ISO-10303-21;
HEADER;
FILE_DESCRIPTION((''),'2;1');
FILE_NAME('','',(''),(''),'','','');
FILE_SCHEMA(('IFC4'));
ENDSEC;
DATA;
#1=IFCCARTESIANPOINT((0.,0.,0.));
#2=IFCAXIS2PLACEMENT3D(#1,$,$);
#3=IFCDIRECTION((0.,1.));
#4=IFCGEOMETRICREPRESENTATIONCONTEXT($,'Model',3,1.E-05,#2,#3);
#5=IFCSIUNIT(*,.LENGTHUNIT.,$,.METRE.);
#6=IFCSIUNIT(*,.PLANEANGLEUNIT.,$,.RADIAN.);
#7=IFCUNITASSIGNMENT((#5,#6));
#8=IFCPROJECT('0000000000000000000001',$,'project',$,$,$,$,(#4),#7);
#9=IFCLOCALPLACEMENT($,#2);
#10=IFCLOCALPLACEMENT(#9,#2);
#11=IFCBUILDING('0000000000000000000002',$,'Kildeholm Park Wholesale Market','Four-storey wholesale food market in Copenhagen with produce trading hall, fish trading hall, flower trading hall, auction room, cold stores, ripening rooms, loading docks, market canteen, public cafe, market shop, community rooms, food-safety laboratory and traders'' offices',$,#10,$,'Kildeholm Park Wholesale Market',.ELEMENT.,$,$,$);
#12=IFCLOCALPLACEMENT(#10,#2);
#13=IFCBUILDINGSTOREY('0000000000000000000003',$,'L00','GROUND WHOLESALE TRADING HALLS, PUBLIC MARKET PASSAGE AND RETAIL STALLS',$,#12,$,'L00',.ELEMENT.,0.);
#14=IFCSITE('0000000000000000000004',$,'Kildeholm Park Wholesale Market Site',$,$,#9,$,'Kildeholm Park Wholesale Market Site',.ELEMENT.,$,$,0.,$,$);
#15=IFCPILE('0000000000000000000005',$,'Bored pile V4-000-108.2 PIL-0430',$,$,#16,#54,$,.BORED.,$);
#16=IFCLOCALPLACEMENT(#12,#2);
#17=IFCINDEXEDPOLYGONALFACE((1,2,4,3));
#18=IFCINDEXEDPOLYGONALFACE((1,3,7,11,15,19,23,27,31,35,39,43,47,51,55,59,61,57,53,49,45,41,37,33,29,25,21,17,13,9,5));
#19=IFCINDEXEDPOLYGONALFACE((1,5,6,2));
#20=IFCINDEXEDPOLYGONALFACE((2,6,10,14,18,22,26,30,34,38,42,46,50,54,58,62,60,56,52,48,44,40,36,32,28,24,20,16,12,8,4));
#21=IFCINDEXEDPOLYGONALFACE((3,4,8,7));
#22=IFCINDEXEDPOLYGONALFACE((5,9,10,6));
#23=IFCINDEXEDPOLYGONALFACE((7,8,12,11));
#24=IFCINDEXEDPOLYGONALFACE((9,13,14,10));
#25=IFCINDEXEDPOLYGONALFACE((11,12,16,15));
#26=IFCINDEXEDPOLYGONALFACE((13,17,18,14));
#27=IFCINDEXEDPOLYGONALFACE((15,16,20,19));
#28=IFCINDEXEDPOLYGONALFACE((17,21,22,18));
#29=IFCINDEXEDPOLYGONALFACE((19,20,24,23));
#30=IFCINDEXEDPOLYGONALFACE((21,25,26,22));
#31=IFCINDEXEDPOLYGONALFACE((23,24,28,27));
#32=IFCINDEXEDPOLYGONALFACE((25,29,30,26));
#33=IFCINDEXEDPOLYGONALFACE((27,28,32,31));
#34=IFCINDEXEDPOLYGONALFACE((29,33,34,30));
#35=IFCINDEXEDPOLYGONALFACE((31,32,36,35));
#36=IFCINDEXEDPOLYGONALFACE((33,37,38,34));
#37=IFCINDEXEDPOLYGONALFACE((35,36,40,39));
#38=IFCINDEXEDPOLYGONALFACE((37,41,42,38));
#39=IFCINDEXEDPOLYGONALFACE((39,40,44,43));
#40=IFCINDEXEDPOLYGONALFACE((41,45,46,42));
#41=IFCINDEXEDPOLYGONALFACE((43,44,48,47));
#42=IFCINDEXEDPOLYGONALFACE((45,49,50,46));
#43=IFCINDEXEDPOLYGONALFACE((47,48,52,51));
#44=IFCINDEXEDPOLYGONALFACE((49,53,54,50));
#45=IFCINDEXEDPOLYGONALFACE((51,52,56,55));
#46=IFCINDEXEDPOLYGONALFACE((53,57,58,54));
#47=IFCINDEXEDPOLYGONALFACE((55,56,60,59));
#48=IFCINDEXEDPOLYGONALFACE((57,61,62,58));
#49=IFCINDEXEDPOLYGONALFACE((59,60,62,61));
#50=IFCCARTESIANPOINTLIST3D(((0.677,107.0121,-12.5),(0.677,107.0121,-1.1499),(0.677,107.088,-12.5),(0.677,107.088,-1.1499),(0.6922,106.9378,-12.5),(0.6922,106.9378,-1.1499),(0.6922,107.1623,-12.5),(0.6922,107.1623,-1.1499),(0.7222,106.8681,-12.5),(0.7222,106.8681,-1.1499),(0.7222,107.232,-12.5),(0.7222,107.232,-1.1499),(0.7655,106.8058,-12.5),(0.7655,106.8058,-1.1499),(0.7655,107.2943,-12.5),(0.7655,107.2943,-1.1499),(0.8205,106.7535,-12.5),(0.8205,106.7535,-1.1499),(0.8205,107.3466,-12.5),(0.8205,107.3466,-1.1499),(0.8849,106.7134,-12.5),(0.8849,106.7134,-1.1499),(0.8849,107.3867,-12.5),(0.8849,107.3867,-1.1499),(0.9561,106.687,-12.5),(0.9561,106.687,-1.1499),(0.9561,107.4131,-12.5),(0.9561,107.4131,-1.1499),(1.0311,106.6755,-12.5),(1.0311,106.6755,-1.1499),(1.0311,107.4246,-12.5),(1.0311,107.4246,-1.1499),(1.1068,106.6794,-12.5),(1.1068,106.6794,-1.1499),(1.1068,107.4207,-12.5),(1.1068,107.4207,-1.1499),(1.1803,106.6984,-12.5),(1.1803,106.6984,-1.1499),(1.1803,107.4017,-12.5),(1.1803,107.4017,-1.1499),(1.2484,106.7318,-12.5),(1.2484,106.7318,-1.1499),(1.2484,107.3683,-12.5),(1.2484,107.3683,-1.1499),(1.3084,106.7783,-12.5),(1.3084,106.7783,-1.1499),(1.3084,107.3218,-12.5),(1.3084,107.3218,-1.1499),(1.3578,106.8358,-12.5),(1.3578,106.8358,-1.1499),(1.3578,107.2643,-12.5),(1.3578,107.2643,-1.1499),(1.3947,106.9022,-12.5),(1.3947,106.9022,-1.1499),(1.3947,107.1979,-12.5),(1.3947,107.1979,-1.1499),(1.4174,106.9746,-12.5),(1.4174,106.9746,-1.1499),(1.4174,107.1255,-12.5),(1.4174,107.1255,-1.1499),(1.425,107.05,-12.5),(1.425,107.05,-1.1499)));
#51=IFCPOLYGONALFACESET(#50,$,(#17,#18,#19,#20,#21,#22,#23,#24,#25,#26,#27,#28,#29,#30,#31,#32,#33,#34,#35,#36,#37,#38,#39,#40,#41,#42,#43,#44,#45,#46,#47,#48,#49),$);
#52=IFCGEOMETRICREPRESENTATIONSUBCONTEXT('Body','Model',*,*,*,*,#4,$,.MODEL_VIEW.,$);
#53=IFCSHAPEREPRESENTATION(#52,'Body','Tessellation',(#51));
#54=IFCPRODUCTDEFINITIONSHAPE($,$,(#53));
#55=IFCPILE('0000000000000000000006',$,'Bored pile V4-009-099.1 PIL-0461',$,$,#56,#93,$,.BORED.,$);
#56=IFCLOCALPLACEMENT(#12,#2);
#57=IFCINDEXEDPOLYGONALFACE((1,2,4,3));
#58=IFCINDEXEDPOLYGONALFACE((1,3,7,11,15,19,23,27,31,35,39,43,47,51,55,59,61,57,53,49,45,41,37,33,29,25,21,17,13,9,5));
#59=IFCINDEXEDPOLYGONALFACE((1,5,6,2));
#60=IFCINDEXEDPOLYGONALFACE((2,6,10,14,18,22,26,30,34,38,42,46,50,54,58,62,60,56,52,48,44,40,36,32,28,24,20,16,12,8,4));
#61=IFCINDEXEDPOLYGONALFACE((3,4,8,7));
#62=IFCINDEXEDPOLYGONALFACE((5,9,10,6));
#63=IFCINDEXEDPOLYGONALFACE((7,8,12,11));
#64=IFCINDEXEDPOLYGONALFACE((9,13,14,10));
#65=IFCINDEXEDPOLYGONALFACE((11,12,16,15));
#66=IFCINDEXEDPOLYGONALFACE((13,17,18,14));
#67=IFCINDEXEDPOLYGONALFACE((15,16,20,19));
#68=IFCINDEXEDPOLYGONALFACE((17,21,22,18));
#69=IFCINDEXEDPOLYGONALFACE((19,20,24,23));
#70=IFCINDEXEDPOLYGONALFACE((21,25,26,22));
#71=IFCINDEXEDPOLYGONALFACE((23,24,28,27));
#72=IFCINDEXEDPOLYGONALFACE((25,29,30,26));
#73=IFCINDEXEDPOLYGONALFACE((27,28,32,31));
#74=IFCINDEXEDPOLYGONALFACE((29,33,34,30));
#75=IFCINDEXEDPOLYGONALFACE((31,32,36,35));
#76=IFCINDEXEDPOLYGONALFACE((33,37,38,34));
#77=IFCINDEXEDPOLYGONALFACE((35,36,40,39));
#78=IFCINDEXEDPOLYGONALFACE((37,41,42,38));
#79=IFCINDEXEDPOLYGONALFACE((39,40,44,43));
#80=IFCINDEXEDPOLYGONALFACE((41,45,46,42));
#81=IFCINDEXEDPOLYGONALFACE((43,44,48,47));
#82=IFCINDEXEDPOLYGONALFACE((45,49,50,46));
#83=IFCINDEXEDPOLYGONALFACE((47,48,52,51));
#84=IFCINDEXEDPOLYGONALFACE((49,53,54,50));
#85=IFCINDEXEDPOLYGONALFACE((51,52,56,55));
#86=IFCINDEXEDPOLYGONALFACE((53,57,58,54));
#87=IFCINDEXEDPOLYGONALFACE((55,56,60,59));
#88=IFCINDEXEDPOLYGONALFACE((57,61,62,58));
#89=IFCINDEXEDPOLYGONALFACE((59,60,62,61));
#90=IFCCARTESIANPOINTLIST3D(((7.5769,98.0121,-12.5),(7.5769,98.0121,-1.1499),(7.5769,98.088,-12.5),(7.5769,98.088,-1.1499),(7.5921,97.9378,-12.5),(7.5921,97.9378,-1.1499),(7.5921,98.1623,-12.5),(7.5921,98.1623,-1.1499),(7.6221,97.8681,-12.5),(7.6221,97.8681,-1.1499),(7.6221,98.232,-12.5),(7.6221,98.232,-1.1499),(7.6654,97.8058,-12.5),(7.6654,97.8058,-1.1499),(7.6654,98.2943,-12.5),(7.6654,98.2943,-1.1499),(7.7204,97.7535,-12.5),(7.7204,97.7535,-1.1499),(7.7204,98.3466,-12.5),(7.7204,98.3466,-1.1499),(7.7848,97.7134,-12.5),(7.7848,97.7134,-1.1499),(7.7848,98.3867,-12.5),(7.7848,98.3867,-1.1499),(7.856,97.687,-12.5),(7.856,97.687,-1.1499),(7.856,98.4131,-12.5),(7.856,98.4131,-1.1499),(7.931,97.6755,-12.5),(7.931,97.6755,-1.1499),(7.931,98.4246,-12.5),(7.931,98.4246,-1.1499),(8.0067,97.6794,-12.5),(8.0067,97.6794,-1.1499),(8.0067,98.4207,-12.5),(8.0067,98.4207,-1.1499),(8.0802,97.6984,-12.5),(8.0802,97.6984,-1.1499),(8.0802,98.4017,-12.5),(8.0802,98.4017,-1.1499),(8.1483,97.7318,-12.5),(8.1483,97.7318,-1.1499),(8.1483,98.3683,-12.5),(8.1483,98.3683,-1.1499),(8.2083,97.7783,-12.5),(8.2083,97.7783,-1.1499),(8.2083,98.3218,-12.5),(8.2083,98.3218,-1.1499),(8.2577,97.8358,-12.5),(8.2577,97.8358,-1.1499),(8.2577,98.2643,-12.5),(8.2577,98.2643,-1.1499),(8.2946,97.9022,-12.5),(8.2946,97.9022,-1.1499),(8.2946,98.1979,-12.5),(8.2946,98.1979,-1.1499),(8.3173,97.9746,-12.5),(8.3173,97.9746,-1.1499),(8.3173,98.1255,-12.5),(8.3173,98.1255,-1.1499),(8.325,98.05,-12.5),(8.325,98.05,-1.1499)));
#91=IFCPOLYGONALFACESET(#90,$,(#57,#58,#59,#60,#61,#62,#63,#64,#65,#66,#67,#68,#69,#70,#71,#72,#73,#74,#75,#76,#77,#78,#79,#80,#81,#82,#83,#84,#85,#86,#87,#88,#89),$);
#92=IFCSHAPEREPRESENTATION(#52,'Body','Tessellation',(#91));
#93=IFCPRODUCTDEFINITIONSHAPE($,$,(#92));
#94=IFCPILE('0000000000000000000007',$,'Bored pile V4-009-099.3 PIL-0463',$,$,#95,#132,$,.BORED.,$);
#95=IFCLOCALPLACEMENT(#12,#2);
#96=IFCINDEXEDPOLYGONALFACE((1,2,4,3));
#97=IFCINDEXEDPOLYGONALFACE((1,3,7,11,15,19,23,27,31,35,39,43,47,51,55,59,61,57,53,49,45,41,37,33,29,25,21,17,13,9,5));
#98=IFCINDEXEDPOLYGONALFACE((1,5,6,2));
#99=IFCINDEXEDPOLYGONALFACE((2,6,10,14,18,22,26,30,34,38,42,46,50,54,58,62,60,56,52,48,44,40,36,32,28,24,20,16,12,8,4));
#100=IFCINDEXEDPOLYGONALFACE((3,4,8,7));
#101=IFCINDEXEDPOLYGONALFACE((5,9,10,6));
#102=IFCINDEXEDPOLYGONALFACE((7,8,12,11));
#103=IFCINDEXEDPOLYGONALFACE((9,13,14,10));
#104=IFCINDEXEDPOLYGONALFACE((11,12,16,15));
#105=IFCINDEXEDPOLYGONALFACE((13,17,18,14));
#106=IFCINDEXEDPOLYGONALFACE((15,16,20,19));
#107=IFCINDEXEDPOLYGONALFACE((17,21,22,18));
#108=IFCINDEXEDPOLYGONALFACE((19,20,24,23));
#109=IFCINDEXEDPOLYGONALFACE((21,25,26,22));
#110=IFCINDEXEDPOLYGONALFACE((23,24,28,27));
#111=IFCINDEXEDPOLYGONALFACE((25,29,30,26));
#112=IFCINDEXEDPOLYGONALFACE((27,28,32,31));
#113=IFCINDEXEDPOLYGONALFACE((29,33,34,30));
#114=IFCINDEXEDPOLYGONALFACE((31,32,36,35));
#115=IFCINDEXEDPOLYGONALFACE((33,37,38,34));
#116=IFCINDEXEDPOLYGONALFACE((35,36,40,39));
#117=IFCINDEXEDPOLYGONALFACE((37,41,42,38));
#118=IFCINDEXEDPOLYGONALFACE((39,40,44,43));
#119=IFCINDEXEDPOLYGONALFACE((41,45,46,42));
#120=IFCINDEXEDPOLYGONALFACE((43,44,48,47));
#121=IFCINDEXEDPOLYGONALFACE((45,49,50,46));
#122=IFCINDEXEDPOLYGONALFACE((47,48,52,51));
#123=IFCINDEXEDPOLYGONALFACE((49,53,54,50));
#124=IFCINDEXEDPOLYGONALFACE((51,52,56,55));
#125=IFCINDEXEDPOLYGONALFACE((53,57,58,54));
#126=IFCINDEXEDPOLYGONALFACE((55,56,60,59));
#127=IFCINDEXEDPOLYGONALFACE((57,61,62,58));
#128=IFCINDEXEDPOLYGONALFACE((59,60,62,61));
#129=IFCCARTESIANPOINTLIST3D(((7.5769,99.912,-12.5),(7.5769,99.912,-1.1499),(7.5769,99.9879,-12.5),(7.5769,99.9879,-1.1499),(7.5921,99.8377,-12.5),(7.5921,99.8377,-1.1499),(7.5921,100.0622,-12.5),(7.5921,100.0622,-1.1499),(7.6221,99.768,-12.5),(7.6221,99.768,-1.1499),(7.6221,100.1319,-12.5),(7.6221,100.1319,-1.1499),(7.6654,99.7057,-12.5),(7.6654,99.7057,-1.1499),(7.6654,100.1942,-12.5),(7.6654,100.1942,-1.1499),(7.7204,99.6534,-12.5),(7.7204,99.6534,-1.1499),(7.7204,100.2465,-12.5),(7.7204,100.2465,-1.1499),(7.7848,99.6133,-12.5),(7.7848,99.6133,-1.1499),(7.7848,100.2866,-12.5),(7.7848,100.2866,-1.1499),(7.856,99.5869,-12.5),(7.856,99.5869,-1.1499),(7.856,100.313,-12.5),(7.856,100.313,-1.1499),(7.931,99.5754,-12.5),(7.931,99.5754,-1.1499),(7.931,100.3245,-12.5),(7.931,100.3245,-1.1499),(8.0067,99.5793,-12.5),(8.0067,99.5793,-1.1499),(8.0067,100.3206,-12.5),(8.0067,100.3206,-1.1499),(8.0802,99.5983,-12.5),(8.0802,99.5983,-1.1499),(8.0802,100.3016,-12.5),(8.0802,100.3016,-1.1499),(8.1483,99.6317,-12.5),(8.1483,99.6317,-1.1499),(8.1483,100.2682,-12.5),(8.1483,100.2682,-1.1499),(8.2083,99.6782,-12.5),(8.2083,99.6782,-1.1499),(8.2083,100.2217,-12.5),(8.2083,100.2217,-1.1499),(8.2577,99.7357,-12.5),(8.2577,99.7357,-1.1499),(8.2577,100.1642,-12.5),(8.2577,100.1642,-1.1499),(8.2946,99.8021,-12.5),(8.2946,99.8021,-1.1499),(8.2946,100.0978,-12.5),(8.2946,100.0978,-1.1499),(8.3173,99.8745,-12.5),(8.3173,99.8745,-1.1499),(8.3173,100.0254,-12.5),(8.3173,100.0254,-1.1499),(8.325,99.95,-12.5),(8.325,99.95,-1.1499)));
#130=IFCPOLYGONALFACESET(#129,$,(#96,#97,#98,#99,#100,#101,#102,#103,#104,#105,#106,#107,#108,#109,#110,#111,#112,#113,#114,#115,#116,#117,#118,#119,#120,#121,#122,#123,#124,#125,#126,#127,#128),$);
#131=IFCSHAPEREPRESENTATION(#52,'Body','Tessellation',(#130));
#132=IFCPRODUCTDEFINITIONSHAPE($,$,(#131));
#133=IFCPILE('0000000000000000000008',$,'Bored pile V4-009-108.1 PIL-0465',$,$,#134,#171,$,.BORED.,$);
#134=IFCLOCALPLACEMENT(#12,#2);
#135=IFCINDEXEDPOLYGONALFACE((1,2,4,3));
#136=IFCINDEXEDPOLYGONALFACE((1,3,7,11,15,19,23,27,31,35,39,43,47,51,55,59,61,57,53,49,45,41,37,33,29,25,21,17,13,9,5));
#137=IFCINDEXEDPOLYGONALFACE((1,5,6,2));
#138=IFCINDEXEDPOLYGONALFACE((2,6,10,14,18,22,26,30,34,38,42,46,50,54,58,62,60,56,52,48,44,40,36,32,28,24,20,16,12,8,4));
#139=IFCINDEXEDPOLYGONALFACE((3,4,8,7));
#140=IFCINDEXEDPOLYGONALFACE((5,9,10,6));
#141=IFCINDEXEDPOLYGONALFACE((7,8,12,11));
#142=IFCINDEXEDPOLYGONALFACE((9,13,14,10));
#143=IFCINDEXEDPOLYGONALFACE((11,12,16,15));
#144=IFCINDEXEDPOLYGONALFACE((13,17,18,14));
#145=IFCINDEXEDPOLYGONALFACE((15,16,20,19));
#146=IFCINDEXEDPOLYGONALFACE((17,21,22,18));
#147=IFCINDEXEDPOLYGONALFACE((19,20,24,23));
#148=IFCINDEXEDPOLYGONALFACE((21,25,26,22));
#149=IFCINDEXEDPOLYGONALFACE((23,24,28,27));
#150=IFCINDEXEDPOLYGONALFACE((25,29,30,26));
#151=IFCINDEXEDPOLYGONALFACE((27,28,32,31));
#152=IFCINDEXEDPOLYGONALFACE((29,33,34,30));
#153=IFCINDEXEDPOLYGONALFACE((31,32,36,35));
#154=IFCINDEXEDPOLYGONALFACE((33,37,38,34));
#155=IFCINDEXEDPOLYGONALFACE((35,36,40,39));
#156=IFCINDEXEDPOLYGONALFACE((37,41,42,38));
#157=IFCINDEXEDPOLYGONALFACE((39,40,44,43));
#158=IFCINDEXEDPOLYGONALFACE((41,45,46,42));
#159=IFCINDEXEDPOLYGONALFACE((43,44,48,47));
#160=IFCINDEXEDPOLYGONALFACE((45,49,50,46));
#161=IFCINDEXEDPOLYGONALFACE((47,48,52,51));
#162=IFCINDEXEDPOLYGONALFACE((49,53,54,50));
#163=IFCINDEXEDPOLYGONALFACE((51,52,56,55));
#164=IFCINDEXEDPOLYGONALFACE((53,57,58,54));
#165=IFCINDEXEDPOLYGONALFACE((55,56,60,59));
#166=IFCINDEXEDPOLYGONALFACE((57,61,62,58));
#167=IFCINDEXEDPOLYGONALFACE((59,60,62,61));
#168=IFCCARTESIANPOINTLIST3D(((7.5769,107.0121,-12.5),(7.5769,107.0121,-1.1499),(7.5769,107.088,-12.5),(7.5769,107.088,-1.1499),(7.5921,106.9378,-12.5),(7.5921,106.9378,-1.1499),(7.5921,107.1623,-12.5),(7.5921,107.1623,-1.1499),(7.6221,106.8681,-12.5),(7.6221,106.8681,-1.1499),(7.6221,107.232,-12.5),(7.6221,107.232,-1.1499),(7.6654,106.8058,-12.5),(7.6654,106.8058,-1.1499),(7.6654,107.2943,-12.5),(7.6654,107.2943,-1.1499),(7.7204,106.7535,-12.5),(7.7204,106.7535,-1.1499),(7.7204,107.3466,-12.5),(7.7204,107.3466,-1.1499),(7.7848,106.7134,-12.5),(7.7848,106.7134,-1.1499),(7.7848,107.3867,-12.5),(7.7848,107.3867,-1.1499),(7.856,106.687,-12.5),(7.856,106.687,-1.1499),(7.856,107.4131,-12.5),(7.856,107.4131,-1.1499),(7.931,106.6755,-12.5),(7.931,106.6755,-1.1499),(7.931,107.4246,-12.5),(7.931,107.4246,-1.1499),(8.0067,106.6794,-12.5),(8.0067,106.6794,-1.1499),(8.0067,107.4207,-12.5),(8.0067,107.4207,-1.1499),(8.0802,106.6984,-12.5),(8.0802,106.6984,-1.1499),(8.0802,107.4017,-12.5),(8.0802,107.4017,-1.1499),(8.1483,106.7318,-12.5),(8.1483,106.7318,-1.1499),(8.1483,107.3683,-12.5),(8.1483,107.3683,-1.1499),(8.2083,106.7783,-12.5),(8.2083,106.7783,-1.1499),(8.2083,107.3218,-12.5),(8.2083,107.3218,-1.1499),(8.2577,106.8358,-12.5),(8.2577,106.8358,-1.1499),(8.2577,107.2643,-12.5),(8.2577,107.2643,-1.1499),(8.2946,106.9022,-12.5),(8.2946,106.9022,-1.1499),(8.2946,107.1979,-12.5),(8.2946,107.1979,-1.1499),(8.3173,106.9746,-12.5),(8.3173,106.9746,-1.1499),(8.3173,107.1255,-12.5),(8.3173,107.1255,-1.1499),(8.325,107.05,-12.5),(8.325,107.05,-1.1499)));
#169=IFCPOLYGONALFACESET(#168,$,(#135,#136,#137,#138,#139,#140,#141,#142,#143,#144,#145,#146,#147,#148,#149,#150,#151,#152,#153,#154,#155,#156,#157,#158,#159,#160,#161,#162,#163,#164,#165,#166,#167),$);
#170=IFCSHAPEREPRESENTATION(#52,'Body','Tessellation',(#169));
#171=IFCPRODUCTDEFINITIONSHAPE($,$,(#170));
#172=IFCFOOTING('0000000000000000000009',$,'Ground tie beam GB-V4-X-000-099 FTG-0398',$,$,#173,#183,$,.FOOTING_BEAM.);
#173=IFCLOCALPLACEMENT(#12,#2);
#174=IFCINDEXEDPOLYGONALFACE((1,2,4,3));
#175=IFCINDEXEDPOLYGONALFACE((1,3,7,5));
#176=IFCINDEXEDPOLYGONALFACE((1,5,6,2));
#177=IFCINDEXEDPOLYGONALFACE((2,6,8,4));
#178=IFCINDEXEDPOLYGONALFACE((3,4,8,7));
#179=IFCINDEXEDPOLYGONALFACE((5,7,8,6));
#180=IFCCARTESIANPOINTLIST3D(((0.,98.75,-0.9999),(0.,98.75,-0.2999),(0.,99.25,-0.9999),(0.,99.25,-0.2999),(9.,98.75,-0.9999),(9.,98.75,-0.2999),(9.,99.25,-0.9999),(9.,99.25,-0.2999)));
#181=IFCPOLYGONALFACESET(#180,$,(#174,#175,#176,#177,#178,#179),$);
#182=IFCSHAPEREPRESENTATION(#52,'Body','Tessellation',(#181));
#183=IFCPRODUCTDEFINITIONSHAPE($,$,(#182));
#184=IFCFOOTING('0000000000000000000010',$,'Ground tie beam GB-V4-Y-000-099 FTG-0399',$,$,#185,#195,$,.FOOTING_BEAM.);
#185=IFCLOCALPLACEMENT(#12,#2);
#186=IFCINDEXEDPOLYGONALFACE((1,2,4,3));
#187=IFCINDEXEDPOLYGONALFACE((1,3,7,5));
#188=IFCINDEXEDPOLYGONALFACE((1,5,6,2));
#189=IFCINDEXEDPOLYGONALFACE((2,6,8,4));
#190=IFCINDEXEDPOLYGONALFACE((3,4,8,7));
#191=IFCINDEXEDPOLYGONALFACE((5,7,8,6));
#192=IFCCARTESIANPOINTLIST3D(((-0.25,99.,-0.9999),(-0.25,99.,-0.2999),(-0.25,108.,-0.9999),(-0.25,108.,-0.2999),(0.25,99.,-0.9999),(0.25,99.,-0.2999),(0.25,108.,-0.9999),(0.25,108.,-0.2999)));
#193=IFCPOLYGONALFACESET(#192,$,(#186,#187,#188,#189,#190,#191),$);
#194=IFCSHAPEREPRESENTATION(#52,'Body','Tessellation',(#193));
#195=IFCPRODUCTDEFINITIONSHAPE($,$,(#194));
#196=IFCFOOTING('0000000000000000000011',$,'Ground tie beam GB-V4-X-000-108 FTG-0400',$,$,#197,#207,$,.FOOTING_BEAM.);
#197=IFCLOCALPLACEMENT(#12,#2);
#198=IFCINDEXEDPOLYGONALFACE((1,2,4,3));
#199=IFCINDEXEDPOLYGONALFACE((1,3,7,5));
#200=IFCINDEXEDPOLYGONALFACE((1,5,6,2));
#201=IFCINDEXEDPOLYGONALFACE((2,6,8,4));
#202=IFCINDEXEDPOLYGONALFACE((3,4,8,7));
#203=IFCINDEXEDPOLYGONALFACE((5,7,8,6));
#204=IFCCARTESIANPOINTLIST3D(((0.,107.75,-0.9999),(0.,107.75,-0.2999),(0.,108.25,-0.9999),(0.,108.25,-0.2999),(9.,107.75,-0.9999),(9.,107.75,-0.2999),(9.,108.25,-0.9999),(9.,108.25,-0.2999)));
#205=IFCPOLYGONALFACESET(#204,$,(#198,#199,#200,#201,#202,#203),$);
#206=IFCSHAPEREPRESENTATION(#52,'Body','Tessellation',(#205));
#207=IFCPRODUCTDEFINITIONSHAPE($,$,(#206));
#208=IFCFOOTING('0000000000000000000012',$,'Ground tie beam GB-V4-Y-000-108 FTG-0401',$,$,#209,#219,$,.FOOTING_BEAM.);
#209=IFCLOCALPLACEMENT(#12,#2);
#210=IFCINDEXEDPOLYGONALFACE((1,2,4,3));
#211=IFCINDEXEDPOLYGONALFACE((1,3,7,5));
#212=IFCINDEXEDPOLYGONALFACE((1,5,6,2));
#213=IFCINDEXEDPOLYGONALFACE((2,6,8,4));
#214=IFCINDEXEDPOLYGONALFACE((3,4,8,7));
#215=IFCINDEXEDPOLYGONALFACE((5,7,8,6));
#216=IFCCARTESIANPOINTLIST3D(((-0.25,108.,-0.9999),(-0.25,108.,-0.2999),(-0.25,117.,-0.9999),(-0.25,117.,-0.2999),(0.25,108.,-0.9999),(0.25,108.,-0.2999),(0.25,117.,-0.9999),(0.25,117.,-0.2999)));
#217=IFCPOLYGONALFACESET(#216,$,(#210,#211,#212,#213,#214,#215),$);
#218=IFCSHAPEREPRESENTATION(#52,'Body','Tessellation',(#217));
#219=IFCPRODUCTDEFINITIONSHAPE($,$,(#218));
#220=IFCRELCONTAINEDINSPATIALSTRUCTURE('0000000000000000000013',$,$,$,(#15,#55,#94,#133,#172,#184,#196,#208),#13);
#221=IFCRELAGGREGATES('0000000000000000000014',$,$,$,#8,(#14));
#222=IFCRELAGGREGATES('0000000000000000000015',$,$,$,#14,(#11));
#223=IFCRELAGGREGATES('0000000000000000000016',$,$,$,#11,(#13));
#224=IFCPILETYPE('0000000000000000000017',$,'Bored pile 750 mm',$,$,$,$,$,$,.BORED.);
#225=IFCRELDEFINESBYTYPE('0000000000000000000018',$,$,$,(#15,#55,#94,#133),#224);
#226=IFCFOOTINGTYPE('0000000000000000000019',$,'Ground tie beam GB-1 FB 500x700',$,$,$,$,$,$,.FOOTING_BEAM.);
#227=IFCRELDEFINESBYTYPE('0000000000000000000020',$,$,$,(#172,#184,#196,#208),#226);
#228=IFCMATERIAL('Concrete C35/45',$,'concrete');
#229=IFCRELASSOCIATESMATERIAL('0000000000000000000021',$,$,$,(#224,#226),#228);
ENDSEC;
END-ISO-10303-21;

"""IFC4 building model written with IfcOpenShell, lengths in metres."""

from ifc_helpers import new_model, si_unit, direction, frame, origin, origin_2d, place, context, subcontext, project, spatial, rectangle, circle, extrude, material, material_profile, profile_set, type_object, element, save


model = new_model("IFC4")

# Units and contexts
model_context = context("Model", 3, precision=1e-05, world=origin(), true_north=direction((0.0, 1.0)))
body_context = subcontext(model_context, "Body", "Model", "MODEL_VIEW")
ifc_project = project(units=[si_unit("LENGTHUNIT", "METRE"), si_unit("PLANEANGLEUNIT", "RADIAN")], contexts=[model_context])

# Site, building, storey
site_placement = place(None, origin())
site = spatial("IfcSite", under=ifc_project, at=site_placement, Name="Kildeholm Park Wholesale Market Site", LongName="Kildeholm Park Wholesale Market Site", CompositionType="ELEMENT", RefElevation=0.0)
building_placement = place(site_placement, origin())
building = spatial("IfcBuilding", under=site, at=building_placement, Name="Kildeholm Park Wholesale Market", Description="Four-storey wholesale food market in Copenhagen with produce trading hall, fish trading hall, flower trading hall, auction room, cold stores, ripening rooms, loading docks, market canteen, public cafe, market shop, community rooms, food-safety laboratory and traders' offices", LongName="Kildeholm Park Wholesale Market", CompositionType="ELEMENT")
storey_placement = place(building_placement, origin())
storey = spatial("IfcBuildingStorey", under=building, at=storey_placement, Name="L00", Description="GROUND WHOLESALE TRADING HALLS, PUBLIC MARKET PASSAGE AND RETAIL STALLS", LongName="L00", CompositionType="ELEMENT", Elevation=0.0)

# Piles
ifc_material_1 = material(Name="Concrete C35/45", Category="concrete")
ifc_material_profile_1 = material_profile(ifc_material_1, circle(Radius=0.375, at=origin_2d()), Name="PILE D750")
ifc_profile_set_1 = profile_set([ifc_material_profile_1], Name="Concrete C35/45")
pile_type = type_object("IfcPileType", Name="Bored pile 750 mm", PredefinedType="BORED", material=ifc_profile_set_1)
for number, where, z_axis, x_axis, name in (
    (1, (1.05, 107.05, -1.1499), (0.0, 0.0, -1.0), (1.0, 0.0, 0.0), "Bored pile V4-000-108.2 PIL-0430"),
    (2, (7.95, 98.05, -1.1499), (0.0, 0.0, -1.0), (1.0, 0.0, 0.0), "Bored pile V4-009-099.1 PIL-0461"),
    (3, (7.95, 99.95, -1.1499), (0.0, 0.0, -1.0), (1.0, 0.0, 0.0), "Bored pile V4-009-099.3 PIL-0463"),
    (4, (7.95, 107.05, -1.1499), (0.0, 0.0, -1.0), (1.0, 0.0, 0.0), "Bored pile V4-009-108.1 PIL-0465"),
):
    element("IfcPile", number, at=place(storey_placement, frame(where, z_axis=z_axis, x_axis=x_axis)), inside=storey, type_object=pile_type, Name=name, PredefinedType="BORED", context=body_context, shape_type="SweptSolid", body=[
        extrude(circle(Radius=0.375, at=origin_2d()), origin(), (0.0, 0.0, 1.0), 11.3501),
    ])

# Footings
ifc_material_profile_2 = material_profile(ifc_material_1, rectangle(XDim=0.5, YDim=0.7, at=origin_2d()), Name="FB 500x700")
ifc_profile_set_2 = profile_set([ifc_material_profile_2], Name="Concrete C35/45")
footing_type_1 = type_object("IfcFootingType", Name="Ground tie beam GB-1 FB 500x700", PredefinedType="FOOTING_BEAM", material=ifc_profile_set_2)
for number, where, z_axis, x_axis, name in (
    (5, (0.0, 99.0, -0.6499), (1.0, 0.0, 0.0), (0.0, 1.0, 0.0), "Ground tie beam GB-V4-X-000-099 FTG-0398"),
    (6, (0.0, 99.0, -0.6499), (0.0, 1.0, 0.0), (-1.0, 0.0, 0.0), "Ground tie beam GB-V4-Y-000-099 FTG-0399"),
    (7, (0.0, 108.0, -0.6499), (1.0, 0.0, 0.0), (0.0, 1.0, 0.0), "Ground tie beam GB-V4-X-000-108 FTG-0400"),
    (8, (0.0, 108.0, -0.6499), (0.0, 1.0, 0.0), (-1.0, 0.0, 0.0), "Ground tie beam GB-V4-Y-000-108 FTG-0401"),
):
    element("IfcFooting", number, at=place(storey_placement, frame(where, z_axis=z_axis, x_axis=x_axis)), inside=storey, type_object=footing_type_1, Name=name, PredefinedType="FOOTING_BEAM", context=body_context, shape_type="SweptSolid", body=[
        extrude(rectangle(XDim=0.5, YDim=0.7, at=origin_2d()), origin(), (0.0, 0.0, 1.0), 9.0),
    ])

save(model, "model.ifc")
